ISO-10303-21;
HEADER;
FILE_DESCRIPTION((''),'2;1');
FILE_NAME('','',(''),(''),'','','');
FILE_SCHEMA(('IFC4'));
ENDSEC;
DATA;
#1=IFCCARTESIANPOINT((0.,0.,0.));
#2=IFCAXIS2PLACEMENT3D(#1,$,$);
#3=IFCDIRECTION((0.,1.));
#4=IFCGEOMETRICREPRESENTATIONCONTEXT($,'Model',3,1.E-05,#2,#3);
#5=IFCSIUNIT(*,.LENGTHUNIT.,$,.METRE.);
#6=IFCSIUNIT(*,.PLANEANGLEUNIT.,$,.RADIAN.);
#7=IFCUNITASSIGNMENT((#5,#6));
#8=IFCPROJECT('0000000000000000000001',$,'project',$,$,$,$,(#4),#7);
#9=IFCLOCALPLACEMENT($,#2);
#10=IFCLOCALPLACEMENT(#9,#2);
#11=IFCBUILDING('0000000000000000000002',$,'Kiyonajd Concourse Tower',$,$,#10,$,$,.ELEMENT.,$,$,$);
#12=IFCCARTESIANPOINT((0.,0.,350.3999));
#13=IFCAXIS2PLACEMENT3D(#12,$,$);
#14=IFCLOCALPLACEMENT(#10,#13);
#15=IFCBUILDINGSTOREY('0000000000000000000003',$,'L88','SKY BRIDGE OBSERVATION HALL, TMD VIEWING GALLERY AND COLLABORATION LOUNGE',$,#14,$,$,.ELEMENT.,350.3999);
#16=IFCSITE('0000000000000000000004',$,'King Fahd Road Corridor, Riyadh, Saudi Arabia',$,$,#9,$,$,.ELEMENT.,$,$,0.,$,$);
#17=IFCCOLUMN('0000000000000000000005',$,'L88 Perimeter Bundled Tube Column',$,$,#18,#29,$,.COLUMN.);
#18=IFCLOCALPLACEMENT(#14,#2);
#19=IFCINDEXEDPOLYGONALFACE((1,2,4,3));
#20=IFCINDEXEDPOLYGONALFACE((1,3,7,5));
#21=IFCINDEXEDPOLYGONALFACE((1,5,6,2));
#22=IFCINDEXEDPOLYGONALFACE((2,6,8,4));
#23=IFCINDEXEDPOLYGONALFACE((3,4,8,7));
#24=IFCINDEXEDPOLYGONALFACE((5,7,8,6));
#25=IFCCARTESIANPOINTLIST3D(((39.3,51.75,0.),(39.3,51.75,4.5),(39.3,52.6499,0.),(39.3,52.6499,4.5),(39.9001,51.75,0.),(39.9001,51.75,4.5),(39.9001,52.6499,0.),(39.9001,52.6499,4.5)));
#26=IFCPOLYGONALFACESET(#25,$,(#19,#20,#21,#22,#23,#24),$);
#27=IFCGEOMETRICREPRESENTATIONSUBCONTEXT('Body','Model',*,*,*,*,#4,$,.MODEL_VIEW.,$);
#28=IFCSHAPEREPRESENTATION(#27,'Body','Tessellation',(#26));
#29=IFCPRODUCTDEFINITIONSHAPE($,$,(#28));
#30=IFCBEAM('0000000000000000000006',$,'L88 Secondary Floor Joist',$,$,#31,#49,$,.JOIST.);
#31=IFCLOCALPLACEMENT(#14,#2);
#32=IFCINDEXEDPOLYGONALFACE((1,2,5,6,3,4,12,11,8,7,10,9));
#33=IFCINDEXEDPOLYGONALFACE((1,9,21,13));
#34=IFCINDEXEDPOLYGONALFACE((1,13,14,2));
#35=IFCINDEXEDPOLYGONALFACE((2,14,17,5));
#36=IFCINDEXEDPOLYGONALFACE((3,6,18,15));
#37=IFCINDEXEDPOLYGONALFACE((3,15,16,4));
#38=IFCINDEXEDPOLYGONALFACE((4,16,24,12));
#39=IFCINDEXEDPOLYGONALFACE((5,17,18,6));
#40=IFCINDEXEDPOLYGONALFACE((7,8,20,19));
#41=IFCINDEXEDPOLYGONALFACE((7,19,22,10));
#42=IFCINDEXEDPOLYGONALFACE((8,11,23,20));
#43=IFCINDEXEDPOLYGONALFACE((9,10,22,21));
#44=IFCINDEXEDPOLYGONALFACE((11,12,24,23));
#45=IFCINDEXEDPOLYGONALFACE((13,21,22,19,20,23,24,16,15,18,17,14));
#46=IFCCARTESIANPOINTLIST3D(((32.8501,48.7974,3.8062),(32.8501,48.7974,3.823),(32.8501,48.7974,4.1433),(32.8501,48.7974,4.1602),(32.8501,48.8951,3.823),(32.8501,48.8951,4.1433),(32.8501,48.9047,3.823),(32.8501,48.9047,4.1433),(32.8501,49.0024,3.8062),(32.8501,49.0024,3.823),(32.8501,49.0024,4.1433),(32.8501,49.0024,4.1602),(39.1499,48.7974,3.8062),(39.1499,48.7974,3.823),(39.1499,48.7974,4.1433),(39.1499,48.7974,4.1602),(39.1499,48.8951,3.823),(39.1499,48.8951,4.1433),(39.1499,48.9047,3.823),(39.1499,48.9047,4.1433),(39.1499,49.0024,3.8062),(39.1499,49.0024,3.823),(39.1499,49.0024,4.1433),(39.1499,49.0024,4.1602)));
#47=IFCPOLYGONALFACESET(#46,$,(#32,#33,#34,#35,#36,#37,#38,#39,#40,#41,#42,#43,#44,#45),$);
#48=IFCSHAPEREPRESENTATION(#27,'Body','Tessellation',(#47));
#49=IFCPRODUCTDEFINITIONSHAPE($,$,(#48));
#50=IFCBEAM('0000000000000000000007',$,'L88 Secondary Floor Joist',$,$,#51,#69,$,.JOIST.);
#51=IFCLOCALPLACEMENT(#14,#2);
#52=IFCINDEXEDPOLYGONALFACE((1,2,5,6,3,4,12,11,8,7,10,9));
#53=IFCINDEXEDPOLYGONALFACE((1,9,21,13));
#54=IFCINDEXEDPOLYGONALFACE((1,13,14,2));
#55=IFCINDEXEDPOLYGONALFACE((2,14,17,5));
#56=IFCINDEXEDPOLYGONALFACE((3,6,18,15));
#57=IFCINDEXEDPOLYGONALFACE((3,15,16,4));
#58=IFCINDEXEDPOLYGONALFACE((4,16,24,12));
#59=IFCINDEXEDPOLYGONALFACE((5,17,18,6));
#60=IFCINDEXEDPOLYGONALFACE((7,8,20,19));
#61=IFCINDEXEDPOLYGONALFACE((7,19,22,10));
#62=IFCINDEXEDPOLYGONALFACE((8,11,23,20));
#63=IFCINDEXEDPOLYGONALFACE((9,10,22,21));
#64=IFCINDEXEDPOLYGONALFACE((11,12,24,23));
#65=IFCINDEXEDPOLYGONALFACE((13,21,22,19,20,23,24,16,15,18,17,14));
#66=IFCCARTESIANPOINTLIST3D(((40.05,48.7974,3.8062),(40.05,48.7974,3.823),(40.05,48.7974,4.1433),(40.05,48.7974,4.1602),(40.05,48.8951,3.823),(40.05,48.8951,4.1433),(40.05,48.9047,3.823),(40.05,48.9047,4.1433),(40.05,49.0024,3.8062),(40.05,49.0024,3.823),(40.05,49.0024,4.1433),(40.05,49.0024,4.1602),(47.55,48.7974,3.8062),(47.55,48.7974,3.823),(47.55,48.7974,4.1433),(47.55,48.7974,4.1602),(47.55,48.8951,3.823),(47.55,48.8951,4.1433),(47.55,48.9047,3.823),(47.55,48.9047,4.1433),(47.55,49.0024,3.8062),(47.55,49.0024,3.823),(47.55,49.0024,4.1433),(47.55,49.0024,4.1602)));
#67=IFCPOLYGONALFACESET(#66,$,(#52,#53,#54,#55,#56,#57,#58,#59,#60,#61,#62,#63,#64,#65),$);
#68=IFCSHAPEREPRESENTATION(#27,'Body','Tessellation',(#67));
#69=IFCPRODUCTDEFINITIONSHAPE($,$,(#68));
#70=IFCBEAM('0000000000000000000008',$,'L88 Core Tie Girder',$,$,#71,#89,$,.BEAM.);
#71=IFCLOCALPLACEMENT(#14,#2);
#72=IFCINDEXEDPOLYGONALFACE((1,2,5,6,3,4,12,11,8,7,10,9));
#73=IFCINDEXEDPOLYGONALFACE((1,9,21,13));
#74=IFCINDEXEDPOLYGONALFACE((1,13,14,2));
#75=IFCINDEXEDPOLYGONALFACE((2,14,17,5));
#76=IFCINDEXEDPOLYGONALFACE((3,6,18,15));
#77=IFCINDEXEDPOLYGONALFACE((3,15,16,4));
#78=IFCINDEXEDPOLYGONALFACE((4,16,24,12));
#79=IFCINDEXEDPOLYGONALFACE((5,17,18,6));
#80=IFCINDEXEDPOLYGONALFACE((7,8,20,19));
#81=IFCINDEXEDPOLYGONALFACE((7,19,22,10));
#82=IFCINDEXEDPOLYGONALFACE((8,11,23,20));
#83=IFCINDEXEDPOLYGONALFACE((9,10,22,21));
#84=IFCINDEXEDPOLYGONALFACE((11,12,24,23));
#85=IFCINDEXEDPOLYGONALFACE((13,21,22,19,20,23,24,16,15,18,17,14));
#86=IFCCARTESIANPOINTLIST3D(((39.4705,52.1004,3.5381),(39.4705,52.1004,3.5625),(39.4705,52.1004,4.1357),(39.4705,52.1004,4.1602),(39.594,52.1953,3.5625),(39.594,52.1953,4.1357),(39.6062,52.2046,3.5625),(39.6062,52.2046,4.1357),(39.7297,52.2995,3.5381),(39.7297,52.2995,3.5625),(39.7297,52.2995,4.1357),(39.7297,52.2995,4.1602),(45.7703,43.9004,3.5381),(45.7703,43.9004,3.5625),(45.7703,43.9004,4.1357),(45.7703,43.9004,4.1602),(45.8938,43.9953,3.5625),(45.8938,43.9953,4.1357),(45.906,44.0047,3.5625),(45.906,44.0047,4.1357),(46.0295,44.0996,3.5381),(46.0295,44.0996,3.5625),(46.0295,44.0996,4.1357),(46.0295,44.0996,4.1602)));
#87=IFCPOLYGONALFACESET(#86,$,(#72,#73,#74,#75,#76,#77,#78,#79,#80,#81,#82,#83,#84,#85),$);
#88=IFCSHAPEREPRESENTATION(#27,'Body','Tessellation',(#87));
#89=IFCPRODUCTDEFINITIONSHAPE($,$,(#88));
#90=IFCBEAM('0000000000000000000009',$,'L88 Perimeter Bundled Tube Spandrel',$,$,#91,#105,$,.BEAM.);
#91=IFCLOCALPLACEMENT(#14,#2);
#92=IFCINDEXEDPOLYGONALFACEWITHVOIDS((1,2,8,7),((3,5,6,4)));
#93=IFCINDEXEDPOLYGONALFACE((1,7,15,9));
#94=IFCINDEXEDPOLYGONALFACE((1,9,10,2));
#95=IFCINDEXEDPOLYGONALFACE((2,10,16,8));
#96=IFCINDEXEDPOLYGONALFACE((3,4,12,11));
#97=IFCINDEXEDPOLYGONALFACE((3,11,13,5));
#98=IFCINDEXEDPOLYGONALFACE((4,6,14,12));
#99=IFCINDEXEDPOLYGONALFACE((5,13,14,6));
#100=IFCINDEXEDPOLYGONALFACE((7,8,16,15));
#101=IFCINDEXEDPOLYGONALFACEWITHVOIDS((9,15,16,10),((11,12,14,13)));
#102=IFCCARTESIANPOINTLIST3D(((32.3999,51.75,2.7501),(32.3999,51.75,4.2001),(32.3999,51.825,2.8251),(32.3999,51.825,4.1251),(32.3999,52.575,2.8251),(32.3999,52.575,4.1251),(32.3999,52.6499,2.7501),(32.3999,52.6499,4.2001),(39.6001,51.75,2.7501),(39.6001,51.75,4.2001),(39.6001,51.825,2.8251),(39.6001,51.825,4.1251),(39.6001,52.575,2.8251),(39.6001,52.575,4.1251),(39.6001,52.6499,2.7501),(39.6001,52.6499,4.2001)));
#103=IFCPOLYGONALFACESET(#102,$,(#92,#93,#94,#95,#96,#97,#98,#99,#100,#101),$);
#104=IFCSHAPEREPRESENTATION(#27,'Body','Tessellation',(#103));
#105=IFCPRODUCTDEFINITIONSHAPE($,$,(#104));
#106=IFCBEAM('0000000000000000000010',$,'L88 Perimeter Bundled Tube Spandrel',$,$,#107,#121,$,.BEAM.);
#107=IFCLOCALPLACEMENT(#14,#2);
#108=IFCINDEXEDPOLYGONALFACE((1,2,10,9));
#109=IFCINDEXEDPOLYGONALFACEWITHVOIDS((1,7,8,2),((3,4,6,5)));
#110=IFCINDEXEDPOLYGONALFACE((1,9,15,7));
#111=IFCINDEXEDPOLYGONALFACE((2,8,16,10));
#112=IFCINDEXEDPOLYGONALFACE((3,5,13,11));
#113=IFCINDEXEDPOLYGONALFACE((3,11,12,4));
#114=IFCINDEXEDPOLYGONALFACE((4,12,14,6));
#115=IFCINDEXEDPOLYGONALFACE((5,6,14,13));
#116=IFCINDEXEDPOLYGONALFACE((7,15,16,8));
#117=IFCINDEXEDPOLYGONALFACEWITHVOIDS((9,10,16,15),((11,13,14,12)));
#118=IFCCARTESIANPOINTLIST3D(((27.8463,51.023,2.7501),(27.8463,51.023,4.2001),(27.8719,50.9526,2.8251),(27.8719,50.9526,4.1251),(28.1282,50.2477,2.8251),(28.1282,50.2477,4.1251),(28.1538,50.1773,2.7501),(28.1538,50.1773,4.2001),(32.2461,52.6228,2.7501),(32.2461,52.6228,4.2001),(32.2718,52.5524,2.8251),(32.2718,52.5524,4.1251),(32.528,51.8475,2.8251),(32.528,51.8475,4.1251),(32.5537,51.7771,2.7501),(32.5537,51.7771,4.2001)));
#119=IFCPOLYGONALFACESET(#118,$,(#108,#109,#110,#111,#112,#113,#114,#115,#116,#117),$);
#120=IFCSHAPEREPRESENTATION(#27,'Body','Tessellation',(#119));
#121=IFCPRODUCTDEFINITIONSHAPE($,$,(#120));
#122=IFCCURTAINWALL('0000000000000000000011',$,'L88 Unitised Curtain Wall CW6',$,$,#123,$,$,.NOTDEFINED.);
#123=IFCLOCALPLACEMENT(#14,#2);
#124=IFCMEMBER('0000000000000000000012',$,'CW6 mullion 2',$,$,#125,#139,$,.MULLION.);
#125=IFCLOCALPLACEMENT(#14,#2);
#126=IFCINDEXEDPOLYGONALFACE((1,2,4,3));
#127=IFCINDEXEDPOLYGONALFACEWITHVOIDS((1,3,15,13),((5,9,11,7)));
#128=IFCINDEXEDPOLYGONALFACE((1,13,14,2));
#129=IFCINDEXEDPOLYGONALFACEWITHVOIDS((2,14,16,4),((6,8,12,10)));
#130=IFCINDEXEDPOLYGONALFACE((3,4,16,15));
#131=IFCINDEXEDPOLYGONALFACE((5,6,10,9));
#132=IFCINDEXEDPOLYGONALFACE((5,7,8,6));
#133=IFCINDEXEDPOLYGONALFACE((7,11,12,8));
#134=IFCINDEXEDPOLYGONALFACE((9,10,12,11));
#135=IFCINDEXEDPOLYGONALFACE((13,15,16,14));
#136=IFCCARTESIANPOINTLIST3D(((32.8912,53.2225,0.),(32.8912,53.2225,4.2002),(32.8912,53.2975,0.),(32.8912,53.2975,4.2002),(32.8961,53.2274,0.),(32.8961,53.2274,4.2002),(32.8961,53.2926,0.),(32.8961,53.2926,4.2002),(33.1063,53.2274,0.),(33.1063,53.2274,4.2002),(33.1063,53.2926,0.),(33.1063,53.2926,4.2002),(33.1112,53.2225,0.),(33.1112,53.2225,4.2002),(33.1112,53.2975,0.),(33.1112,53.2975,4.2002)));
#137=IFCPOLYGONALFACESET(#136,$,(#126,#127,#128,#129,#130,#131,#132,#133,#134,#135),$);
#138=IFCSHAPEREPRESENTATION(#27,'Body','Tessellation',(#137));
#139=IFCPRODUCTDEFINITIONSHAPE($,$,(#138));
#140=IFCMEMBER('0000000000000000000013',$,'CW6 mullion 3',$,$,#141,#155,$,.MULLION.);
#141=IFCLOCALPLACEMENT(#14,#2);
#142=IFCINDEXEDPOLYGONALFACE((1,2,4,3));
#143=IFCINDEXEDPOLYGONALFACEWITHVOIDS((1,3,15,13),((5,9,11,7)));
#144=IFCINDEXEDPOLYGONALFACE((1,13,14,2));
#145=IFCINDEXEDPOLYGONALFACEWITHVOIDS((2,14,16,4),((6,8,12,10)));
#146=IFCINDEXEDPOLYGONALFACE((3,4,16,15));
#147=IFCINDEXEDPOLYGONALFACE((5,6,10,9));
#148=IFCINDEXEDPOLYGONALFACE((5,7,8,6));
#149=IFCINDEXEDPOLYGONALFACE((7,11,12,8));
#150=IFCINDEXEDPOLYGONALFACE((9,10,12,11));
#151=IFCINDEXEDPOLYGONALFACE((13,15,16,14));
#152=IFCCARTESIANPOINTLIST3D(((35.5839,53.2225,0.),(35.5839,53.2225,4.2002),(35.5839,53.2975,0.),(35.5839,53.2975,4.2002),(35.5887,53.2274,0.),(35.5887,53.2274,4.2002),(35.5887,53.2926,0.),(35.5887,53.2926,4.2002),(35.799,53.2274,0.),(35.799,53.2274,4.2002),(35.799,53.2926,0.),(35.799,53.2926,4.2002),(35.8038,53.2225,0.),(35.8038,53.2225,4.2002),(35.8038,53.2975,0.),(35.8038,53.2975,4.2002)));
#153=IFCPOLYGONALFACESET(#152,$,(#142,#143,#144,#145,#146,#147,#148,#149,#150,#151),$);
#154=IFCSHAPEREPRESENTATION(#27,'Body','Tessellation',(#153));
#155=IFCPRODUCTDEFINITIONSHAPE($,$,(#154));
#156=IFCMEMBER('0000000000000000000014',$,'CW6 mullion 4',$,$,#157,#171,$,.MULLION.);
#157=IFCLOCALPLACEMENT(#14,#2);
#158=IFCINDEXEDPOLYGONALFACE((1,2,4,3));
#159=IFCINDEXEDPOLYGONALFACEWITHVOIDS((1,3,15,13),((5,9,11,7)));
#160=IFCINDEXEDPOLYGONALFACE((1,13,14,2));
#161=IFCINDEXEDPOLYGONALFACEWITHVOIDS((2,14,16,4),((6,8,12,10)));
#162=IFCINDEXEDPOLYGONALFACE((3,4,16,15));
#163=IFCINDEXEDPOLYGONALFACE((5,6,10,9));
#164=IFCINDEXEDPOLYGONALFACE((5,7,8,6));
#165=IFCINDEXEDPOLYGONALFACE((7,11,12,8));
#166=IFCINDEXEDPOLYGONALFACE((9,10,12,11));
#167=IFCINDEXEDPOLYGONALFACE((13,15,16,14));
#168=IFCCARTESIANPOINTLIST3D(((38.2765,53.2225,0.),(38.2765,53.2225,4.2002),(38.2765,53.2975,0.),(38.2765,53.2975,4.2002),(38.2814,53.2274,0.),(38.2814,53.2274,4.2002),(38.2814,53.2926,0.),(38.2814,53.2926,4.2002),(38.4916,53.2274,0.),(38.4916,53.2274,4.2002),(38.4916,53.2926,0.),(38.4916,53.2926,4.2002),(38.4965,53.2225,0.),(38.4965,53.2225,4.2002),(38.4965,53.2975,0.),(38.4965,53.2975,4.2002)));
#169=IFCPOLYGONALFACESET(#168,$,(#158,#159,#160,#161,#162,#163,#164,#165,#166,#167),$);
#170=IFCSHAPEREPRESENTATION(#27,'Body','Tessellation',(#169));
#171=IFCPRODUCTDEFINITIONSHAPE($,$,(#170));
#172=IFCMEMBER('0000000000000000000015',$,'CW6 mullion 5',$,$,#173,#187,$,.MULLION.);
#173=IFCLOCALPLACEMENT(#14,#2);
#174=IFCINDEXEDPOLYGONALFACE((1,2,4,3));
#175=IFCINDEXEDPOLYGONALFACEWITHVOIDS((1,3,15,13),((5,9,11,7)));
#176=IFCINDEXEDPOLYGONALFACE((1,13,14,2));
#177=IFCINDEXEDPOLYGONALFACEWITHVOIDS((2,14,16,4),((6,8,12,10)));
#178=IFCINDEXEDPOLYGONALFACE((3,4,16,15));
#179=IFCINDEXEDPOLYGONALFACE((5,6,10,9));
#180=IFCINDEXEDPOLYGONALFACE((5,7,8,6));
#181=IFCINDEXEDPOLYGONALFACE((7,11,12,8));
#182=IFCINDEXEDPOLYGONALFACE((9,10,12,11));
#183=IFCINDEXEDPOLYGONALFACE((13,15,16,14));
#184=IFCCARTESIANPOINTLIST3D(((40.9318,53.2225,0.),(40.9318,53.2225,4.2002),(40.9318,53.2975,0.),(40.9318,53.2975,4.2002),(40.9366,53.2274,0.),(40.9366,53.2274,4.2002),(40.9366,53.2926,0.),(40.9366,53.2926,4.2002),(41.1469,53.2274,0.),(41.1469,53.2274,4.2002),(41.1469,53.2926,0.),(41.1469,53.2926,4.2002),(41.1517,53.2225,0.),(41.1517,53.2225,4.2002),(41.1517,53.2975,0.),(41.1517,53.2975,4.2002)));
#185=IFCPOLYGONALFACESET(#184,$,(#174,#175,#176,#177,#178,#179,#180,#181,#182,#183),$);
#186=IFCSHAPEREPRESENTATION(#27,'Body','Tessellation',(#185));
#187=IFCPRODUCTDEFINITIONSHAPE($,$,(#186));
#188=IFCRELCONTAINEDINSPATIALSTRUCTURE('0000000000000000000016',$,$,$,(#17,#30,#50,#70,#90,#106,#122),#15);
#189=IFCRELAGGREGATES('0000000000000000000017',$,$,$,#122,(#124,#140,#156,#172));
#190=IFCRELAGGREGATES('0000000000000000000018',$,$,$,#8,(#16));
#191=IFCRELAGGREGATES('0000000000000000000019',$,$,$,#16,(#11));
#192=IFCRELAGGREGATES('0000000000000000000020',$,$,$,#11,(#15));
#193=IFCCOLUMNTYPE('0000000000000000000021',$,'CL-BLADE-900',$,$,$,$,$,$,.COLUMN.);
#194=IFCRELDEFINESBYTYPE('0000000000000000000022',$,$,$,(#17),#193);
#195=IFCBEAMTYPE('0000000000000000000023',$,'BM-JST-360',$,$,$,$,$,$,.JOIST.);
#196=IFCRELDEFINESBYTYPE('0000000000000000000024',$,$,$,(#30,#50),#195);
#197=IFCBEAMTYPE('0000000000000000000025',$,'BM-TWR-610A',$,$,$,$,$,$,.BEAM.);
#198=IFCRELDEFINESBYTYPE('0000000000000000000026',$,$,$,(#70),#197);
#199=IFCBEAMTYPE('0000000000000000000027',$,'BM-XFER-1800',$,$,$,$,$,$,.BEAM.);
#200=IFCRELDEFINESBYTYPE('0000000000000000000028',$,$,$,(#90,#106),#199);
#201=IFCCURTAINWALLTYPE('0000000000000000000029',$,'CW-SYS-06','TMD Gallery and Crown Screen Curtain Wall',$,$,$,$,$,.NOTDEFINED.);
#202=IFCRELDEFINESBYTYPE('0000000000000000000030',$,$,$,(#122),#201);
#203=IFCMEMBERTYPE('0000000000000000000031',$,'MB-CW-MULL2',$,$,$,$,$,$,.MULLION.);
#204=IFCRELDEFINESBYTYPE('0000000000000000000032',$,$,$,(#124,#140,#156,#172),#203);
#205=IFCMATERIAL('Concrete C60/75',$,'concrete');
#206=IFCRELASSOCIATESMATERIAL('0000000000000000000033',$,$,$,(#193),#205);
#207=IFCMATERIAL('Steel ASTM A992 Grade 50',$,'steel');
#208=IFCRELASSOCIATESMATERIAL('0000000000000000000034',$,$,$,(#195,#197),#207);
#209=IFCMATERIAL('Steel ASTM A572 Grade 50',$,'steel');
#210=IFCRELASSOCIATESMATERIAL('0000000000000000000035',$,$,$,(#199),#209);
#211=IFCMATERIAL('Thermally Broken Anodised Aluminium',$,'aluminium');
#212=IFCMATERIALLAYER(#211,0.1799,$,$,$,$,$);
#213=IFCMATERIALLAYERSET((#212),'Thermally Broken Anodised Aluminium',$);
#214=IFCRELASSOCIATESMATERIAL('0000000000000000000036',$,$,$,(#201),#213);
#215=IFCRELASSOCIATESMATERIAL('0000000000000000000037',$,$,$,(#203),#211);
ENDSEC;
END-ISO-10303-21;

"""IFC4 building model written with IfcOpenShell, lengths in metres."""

from ifc_helpers import new_model, si_unit, direction, frame, origin, origin_2d, place, context, subcontext, project, spatial, rectangle, hollow_rectangle, i_section, extrude, material, layer, layer_set, material_profile, profile_set, type_object, element, aggregate, save


model = new_model("IFC4")

# Units and contexts
model_context = context("Model", 3, precision=1e-05, world=origin(), true_north=direction((0.0, 1.0)))
body_context = subcontext(model_context, "Body", "Model", "MODEL_VIEW")
ifc_project = project(units=[si_unit("LENGTHUNIT", "METRE"), si_unit("PLANEANGLEUNIT", "RADIAN")], contexts=[model_context])

# Site, building, storey
site_placement = place(None, origin())
site = spatial("IfcSite", under=ifc_project, at=site_placement, Name="King Fahd Road Corridor, Riyadh, Saudi Arabia", CompositionType="ELEMENT", RefElevation=0.0)
building_placement = place(site_placement, origin())
building = spatial("IfcBuilding", under=site, at=building_placement, Name="Kiyonajd Concourse Tower", CompositionType="ELEMENT")
storey_placement = place(building_placement, frame((0.0, 0.0, 350.3999)))
storey = spatial("IfcBuildingStorey", under=building, at=storey_placement, Name="L88", Description="SKY BRIDGE OBSERVATION HALL, TMD VIEWING GALLERY AND COLLABORATION LOUNGE", CompositionType="ELEMENT", Elevation=350.3999)

# Column
ifc_material_1 = material(Name="Concrete C60/75", Category="concrete")
ifc_material_profile_1 = material_profile(ifc_material_1, rectangle(XDim=0.6001, YDim=0.8999, at=origin_2d()), Name="RC-900x600")
ifc_profile_set_1 = profile_set([ifc_material_profile_1], Name="Concrete C60/75")
column_type = type_object("IfcColumnType", Name="CL-BLADE-900", PredefinedType="COLUMN", material=ifc_profile_set_1)
column_placement = place(storey_placement, frame((39.6001, 52.2, 0.0), z_axis=(0.0, 0.0, 1.0), x_axis=(1.0, 0.0, 0.0)))
element("IfcColumn", 1, at=column_placement, inside=storey, type_object=column_type, Name="L88 Perimeter Bundled Tube Column", PredefinedType="COLUMN", context=body_context, shape_type="SweptSolid", body=[
    extrude(rectangle(XDim=0.6001, YDim=0.8999, at=origin_2d()), origin(), (0.0, 0.0, 1.0), 4.5),
])

# Beams
ifc_material_2 = material(Name="Steel ASTM A992 Grade 50", Category="steel")
ifc_material_profile_2 = material_profile(ifc_material_2, i_section(OverallWidth=0.2051, OverallDepth=0.354, WebThickness=0.0095, FlangeThickness=0.0168, at=origin_2d()), Name="W360X79")
ifc_profile_set_2 = profile_set([ifc_material_profile_2], Name="Steel ASTM A992 Grade 50")
beam_type_1 = type_object("IfcBeamType", Name="BM-JST-360", PredefinedType="JOIST", material=ifc_profile_set_2)
beam_1_placement = place(storey_placement, frame((32.8501, 48.8999, 3.9832), z_axis=(1.0, 0.0, 0.0), x_axis=(0.0, 1.0, 0.0)))
element("IfcBeam", 2, at=beam_1_placement, inside=storey, type_object=beam_type_1, Name="L88 Secondary Floor Joist", PredefinedType="JOIST", context=body_context, shape_type="SweptSolid", body=[
    extrude(i_section(OverallWidth=0.2051, OverallDepth=0.354, WebThickness=0.0095, FlangeThickness=0.0168, at=origin_2d()), origin(), (0.0, 0.0, 1.0), 6.2998),
])
beam_2_placement = place(storey_placement, frame((40.05, 48.8999, 3.9832), z_axis=(1.0, 0.0, 0.0), x_axis=(0.0, 1.0, 0.0)))
element("IfcBeam", 3, at=beam_2_placement, inside=storey, type_object=beam_type_1, Name="L88 Secondary Floor Joist", PredefinedType="JOIST", context=body_context, shape_type="SweptSolid", body=[
    extrude(i_section(OverallWidth=0.2051, OverallDepth=0.354, WebThickness=0.0095, FlangeThickness=0.0168, at=origin_2d()), origin(), (0.0, 0.0, 1.0), 7.5),
])
ifc_material_profile_3 = material_profile(ifc_material_2, i_section(OverallWidth=0.3269, OverallDepth=0.6221, WebThickness=0.0154, FlangeThickness=0.0244, at=origin_2d()), Name="W610X195")
ifc_profile_set_3 = profile_set([ifc_material_profile_3], Name="Steel ASTM A992 Grade 50")
beam_type_2 = type_object("IfcBeamType", Name="BM-TWR-610A", PredefinedType="BEAM", material=ifc_profile_set_3)
beam_3_placement = place(storey_placement, frame((39.6001, 52.2, 3.8491), z_axis=(0.609234, -0.792991, 0.0), x_axis=(0.792991, 0.609234, 0.0)))
element("IfcBeam", 4, at=beam_3_placement, inside=storey, type_object=beam_type_2, Name="L88 Core Tie Girder", PredefinedType="BEAM", context=body_context, shape_type="SweptSolid", body=[
    extrude(i_section(OverallWidth=0.3269, OverallDepth=0.6221, WebThickness=0.0154, FlangeThickness=0.0244, at=origin_2d()), origin(), (0.0, 0.0, 1.0), 10.3406),
])
ifc_material_3 = material(Name="Steel ASTM A572 Grade 50", Category="steel")
ifc_material_profile_4 = material_profile(ifc_material_3, hollow_rectangle(XDim=0.8999, YDim=1.45, WallThickness=0.075, at=origin_2d()), Name="BOX-1450x900x75")
ifc_profile_set_4 = profile_set([ifc_material_profile_4], Name="Steel ASTM A572 Grade 50")
beam_type_3 = type_object("IfcBeamType", Name="BM-XFER-1800", PredefinedType="BEAM", material=ifc_profile_set_4)
beam_4_placement = place(storey_placement, frame((39.6001, 52.2, 3.4751), z_axis=(-1.0, 0.0, 0.0), x_axis=(0.0, -1.0, 0.0)))
element("IfcBeam", 5, at=beam_4_placement, inside=storey, type_object=beam_type_3, Name="L88 Perimeter Bundled Tube Spandrel", PredefinedType="BEAM", context=body_context, shape_type="SweptSolid", body=[
    extrude(hollow_rectangle(XDim=0.8999, YDim=1.45, WallThickness=0.075, at=origin_2d()), origin(), (0.0, 0.0, 1.0), 7.2002),
])
beam_5_placement = place(storey_placement, frame((32.3999, 52.2, 3.4751), z_axis=(-0.939801, -0.341722, 0.0), x_axis=(0.341722, -0.939801, 0.0)))
element("IfcBeam", 6, at=beam_5_placement, inside=storey, type_object=beam_type_3, Name="L88 Perimeter Bundled Tube Spandrel", PredefinedType="BEAM", context=body_context, shape_type="SweptSolid", body=[
    extrude(hollow_rectangle(XDim=0.8999, YDim=1.45, WallThickness=0.075, at=origin_2d()), origin(), (0.0, 0.0, 1.0), 4.6816),
])

# Curtain wall, members
ifc_material_4 = material(Name="Thermally Broken Anodised Aluminium", Category="aluminium")
ifc_layer_1 = layer(ifc_material_4, 0.1799)
ifc_layer_set_1 = layer_set([ifc_layer_1], Name="Thermally Broken Anodised Aluminium")
curtain_wall_type = type_object("IfcCurtainWallType", Name="CW-SYS-06", Description="TMD Gallery and Crown Screen Curtain Wall", PredefinedType="NOTDEFINED", material=ifc_layer_set_1)
curtain_wall_placement = place(storey_placement, origin())
curtain_wall = element("IfcCurtainWall", 7, at=curtain_wall_placement, inside=storey, type_object=curtain_wall_type, Name="L88 Unitised Curtain Wall CW6", PredefinedType="NOTDEFINED")
ifc_material_profile_5 = material_profile(ifc_material_4, hollow_rectangle(XDim=0.075, YDim=0.22, WallThickness=0.0049, at=origin_2d()), Name="MULL-75x220")
ifc_profile_set_5 = profile_set([ifc_material_profile_5], Name="Thermally Broken Anodised Aluminium")
member_type_1 = type_object("IfcMemberType", Name="MB-CW-MULL2", PredefinedType="MULLION", material=ifc_profile_set_5)
member_1_placement = place(storey_placement, frame((33.0012, 53.26, 0.0), z_axis=(0.0, 0.0, 1.0), x_axis=(0.0, 1.0, 0.0)))
member_1 = element("IfcMember", 8, at=member_1_placement, type_object=member_type_1, Name="CW6 mullion 2", PredefinedType="MULLION", context=body_context, shape_type="SweptSolid", body=[
    extrude(hollow_rectangle(XDim=0.075, YDim=0.22, WallThickness=0.0049, at=origin_2d()), origin(), (0.0, 0.0, 1.0), 4.2002),
])
member_2_placement = place(storey_placement, frame((35.6938, 53.26, 0.0), z_axis=(0.0, 0.0, 1.0), x_axis=(0.0, 1.0, 0.0)))
member_2 = element("IfcMember", 9, at=member_2_placement, type_object=member_type_1, Name="CW6 mullion 3", PredefinedType="MULLION", context=body_context, shape_type="SweptSolid", body=[
    extrude(hollow_rectangle(XDim=0.075, YDim=0.22, WallThickness=0.0049, at=origin_2d()), origin(), (0.0, 0.0, 1.0), 4.2002),
])
member_3_placement = place(storey_placement, frame((38.3865, 53.26, 0.0), z_axis=(0.0, 0.0, 1.0), x_axis=(0.0, 1.0, 0.0)))
member_3 = element("IfcMember", 10, at=member_3_placement, type_object=member_type_1, Name="CW6 mullion 4", PredefinedType="MULLION", context=body_context, shape_type="SweptSolid", body=[
    extrude(hollow_rectangle(XDim=0.075, YDim=0.22, WallThickness=0.0049, at=origin_2d()), origin(), (0.0, 0.0, 1.0), 4.2002),
])
member_4_placement = place(storey_placement, frame((41.0417, 53.26, 0.0), z_axis=(0.0, 0.0, 1.0), x_axis=(0.0, 1.0, 0.0)))
member_4 = element("IfcMember", 11, at=member_4_placement, type_object=member_type_1, Name="CW6 mullion 5", PredefinedType="MULLION", context=body_context, shape_type="SweptSolid", body=[
    extrude(hollow_rectangle(XDim=0.075, YDim=0.22, WallThickness=0.0049, at=origin_2d()), origin(), (0.0, 0.0, 1.0), 4.2002),
])

aggregate(curtain_wall, [member_1, member_2, member_3, member_4])

save(model, "model.ifc")
